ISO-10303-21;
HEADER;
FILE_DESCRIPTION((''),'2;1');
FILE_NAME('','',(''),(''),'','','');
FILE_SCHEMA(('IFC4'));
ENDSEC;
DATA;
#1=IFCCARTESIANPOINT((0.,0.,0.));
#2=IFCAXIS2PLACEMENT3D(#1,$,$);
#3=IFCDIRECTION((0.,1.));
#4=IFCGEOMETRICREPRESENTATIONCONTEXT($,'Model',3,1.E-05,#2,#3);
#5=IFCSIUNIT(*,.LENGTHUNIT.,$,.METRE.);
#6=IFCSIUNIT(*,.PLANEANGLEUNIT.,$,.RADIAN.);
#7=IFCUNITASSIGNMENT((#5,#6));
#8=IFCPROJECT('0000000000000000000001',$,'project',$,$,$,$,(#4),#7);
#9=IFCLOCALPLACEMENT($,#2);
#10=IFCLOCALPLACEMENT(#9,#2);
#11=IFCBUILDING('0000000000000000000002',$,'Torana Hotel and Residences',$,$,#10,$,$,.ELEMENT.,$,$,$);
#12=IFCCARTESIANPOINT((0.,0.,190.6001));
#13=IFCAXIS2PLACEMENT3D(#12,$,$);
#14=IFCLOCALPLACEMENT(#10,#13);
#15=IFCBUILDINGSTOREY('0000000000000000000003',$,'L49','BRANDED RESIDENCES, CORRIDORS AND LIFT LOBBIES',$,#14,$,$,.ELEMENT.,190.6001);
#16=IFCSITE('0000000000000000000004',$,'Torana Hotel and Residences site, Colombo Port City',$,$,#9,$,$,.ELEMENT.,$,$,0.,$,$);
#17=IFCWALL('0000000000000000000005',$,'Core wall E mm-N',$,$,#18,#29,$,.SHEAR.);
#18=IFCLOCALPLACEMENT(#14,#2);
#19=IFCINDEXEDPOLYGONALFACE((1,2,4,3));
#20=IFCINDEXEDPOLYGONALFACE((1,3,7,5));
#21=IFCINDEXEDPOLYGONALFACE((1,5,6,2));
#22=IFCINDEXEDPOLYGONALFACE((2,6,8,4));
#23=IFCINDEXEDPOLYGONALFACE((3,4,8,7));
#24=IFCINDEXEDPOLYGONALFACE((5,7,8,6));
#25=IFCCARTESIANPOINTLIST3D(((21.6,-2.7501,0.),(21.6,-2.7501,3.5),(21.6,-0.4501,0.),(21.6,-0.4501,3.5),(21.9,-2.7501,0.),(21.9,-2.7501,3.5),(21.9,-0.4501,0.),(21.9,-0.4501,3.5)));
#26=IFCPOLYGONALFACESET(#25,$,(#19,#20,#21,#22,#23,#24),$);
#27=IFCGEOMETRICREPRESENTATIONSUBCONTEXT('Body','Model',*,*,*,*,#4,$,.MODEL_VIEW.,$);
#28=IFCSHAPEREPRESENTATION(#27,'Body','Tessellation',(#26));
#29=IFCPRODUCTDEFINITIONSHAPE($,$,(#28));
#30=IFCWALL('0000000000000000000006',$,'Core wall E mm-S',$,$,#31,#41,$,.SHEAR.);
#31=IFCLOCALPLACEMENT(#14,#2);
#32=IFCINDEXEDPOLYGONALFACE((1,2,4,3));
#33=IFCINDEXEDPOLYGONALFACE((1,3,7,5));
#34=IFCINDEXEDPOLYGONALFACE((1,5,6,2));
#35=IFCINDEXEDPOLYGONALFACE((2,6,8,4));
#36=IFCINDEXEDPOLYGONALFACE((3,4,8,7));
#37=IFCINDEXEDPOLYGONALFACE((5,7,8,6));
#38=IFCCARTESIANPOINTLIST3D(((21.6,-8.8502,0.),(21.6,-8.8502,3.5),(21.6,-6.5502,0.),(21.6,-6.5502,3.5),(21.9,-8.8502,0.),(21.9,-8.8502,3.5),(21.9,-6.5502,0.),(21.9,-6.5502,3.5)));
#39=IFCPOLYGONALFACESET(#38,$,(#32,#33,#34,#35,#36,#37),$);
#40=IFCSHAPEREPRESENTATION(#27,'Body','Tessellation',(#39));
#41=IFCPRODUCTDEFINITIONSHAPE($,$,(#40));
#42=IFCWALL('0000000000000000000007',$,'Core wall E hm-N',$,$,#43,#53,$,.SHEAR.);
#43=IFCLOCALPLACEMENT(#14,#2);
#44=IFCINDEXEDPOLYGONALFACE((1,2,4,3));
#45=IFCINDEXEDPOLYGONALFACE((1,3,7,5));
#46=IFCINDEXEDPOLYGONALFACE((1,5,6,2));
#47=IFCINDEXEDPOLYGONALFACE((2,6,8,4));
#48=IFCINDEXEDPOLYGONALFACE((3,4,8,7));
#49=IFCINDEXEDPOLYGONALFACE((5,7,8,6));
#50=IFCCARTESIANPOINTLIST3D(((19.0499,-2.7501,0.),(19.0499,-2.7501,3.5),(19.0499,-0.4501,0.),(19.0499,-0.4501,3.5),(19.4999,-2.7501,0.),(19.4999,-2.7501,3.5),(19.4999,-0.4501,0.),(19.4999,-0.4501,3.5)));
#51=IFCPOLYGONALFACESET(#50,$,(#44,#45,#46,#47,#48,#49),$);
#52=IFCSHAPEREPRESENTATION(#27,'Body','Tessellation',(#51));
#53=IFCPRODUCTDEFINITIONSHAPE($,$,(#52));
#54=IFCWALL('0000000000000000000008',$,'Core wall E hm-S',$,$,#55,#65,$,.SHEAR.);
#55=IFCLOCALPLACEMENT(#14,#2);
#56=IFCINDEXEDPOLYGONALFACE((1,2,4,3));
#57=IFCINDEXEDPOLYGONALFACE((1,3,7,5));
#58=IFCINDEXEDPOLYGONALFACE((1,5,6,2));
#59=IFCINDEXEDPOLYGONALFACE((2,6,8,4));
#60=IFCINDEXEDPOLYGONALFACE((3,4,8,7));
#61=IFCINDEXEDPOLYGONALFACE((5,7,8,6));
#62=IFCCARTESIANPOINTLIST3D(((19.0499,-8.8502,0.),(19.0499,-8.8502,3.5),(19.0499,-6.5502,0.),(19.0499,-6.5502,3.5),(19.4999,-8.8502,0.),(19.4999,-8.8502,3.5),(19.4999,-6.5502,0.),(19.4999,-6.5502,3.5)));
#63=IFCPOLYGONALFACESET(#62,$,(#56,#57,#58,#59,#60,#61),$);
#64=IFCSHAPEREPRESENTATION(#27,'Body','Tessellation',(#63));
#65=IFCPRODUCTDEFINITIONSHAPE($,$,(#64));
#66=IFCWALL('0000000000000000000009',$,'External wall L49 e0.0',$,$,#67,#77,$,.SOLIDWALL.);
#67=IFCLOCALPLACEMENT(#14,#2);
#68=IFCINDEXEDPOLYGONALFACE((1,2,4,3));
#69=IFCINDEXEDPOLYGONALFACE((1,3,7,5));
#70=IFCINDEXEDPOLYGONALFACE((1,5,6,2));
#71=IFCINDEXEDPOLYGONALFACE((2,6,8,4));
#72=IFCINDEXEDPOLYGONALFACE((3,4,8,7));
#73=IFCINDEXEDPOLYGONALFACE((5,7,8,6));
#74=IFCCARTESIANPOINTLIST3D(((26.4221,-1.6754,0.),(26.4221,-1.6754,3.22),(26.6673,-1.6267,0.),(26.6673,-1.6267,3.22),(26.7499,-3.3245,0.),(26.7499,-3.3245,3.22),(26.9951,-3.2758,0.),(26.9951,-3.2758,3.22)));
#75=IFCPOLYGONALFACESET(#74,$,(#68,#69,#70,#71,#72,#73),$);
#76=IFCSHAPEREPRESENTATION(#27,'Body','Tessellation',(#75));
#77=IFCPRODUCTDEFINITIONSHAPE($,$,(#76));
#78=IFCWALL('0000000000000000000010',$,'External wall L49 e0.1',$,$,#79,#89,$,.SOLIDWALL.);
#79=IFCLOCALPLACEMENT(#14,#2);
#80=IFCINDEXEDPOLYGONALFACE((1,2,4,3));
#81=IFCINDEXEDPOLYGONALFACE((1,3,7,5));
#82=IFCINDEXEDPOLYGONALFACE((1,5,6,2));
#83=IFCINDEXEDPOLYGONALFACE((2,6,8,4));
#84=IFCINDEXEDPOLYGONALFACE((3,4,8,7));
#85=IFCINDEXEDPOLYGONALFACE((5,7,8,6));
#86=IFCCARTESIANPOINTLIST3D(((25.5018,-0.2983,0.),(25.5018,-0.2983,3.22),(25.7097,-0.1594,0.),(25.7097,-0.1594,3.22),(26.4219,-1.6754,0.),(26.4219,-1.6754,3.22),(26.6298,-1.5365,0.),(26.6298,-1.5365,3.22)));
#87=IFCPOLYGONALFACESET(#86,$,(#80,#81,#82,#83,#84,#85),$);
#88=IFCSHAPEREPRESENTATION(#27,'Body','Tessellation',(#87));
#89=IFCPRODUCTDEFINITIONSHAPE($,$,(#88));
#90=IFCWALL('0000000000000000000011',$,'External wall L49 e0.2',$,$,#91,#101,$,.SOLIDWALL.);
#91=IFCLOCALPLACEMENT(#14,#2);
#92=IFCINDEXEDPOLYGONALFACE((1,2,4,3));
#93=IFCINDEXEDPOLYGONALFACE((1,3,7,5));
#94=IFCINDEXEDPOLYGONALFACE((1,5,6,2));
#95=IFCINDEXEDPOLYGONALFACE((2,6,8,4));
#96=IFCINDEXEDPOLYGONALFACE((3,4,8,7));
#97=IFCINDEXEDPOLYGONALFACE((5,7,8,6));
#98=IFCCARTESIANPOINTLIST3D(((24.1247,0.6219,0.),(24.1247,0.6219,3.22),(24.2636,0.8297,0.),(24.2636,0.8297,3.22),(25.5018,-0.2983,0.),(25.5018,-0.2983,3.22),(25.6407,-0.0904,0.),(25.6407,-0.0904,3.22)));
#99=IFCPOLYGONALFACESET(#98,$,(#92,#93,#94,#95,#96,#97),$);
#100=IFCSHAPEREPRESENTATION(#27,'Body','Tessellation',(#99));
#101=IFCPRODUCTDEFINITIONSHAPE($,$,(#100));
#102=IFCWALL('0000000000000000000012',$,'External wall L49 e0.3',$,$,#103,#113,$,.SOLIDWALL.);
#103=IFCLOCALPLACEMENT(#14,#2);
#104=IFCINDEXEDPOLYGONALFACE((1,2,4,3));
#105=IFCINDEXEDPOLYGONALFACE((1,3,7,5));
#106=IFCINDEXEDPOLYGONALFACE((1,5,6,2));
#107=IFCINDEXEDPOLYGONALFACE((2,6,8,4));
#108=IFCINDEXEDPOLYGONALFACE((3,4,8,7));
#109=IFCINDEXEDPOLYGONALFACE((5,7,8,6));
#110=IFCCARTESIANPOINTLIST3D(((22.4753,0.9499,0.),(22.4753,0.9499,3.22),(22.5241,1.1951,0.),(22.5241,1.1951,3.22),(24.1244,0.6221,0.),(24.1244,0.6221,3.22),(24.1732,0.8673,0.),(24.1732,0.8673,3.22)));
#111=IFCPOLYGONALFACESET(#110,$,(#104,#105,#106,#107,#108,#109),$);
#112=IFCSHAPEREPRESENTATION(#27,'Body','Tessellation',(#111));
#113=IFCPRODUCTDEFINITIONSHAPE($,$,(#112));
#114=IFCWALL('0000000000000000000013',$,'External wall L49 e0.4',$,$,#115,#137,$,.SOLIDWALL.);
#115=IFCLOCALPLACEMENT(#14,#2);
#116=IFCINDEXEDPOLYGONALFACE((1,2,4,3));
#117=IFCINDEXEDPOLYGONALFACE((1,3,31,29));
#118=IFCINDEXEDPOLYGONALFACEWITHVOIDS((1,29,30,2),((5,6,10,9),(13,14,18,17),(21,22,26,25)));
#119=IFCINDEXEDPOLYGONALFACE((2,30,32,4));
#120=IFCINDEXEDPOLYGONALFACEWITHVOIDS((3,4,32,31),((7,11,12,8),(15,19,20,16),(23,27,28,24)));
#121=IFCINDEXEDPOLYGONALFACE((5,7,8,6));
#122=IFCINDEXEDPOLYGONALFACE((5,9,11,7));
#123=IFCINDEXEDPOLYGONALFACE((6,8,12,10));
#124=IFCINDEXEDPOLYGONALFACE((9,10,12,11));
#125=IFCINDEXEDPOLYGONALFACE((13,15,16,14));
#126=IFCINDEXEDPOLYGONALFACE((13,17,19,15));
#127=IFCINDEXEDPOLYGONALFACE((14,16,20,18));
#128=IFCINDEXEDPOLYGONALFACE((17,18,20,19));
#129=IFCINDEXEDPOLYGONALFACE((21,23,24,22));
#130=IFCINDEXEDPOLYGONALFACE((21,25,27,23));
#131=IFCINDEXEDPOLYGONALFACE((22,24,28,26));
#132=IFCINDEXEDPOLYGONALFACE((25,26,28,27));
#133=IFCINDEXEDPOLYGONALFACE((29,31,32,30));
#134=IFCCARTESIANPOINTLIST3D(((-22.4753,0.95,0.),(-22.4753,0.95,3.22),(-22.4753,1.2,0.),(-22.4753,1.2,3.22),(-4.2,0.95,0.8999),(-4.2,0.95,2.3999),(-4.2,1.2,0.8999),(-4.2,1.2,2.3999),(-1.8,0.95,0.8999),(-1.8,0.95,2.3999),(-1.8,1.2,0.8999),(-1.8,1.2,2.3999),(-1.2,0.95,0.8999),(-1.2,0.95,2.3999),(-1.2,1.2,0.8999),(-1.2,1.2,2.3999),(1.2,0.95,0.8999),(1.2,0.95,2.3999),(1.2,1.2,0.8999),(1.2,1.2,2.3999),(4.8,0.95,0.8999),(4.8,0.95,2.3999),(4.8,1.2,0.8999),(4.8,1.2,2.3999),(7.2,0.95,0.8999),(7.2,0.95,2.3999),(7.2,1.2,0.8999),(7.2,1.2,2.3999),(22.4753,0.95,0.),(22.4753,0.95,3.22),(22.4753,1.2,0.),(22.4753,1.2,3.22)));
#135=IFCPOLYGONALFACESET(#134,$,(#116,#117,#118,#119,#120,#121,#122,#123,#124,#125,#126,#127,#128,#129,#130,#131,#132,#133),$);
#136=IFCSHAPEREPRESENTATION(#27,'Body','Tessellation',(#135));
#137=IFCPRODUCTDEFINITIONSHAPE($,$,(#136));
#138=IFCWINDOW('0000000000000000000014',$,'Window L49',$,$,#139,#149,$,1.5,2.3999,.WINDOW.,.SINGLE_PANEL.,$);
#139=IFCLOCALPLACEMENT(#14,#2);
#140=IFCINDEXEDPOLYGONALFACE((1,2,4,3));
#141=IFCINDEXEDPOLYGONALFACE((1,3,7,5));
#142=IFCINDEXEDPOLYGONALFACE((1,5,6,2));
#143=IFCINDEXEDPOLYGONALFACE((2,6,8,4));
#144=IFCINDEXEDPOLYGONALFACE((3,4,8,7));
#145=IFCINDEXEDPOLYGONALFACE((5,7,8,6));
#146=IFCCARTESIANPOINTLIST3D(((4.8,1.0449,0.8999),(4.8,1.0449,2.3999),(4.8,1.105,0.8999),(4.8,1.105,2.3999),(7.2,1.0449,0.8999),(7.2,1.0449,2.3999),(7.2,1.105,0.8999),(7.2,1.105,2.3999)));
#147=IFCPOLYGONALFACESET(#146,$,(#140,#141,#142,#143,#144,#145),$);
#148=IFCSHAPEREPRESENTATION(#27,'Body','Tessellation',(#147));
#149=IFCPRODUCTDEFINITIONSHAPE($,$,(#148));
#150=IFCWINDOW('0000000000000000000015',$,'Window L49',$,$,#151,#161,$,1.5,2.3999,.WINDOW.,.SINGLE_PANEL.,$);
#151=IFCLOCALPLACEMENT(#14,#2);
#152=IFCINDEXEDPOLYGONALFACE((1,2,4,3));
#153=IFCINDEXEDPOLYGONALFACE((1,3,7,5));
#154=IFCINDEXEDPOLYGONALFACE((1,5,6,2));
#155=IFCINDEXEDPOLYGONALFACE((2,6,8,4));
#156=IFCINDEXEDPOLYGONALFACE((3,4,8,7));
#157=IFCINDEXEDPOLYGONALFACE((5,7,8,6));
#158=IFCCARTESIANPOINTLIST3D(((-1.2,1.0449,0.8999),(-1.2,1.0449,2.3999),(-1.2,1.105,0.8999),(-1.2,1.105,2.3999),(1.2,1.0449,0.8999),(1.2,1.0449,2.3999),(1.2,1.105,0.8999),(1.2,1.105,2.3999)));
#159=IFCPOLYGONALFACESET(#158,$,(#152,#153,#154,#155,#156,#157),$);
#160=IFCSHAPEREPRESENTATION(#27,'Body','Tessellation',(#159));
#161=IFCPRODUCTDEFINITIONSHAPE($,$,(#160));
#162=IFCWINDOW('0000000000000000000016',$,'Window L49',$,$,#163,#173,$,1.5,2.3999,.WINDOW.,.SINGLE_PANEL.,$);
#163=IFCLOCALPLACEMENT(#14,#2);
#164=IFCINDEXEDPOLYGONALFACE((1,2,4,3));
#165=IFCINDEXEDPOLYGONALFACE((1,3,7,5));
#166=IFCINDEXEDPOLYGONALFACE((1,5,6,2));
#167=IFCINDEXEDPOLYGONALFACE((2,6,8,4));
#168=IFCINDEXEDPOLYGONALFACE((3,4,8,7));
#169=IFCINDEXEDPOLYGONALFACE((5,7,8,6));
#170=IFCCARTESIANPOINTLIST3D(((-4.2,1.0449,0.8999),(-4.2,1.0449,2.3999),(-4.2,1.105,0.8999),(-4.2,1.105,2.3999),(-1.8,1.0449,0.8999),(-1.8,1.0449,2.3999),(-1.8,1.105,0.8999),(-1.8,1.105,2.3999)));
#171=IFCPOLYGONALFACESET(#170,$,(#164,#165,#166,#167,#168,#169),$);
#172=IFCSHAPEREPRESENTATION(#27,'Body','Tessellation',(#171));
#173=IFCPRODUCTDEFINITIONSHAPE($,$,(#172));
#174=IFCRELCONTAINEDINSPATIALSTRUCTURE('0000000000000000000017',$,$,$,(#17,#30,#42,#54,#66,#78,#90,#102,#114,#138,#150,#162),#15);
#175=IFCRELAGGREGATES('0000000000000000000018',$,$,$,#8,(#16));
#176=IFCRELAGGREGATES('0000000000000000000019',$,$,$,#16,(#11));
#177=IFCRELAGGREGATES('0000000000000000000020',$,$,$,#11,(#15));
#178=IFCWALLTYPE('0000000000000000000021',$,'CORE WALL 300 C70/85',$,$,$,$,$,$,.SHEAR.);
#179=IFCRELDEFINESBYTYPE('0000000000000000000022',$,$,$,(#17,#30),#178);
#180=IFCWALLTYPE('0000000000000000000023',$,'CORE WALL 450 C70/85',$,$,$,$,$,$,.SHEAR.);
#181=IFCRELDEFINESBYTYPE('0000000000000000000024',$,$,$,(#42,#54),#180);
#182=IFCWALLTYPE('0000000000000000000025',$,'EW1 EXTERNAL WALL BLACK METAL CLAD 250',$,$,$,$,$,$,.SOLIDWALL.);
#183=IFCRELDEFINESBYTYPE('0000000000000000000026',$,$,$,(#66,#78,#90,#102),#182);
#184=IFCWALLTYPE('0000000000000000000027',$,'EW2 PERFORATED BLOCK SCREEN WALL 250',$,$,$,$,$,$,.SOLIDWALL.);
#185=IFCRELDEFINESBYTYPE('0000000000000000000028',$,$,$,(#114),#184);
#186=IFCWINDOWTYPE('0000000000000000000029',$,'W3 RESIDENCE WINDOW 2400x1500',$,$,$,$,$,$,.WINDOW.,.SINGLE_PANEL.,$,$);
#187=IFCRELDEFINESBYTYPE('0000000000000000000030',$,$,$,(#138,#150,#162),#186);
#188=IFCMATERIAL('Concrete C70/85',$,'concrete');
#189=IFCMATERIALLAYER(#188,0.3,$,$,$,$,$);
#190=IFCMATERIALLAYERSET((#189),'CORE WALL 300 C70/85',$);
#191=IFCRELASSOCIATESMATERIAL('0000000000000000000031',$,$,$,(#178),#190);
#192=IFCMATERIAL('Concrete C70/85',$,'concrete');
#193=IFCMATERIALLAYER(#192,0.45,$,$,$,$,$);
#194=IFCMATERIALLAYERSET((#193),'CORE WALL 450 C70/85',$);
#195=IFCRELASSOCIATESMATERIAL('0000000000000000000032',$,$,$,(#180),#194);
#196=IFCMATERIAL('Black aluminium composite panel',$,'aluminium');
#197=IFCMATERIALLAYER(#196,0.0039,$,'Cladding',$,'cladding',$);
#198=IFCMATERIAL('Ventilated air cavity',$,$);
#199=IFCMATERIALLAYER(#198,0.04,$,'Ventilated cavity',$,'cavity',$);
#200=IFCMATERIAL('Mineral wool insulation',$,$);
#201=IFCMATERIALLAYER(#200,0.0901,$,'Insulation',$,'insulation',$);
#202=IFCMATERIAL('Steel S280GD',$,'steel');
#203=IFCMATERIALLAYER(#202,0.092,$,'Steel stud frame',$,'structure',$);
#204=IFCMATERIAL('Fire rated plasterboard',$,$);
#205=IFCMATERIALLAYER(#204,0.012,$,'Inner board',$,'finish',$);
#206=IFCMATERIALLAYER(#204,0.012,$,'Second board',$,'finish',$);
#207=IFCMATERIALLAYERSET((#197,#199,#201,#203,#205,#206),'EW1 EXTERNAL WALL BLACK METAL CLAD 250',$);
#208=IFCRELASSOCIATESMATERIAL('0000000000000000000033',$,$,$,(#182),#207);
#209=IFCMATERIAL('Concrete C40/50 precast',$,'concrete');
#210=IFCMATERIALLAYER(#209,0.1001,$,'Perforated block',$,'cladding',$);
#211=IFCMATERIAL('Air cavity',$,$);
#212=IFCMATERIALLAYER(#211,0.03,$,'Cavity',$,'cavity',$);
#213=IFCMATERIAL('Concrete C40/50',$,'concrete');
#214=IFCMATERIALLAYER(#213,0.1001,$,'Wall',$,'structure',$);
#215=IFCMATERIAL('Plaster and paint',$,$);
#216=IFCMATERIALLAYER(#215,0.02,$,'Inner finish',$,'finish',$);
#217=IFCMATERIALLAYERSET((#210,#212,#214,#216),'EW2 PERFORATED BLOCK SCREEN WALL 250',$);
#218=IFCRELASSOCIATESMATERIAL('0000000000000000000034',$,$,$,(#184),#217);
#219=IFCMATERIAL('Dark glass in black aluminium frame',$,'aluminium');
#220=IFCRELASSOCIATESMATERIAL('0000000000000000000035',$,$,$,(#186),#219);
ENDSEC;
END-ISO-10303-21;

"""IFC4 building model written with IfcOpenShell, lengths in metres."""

from ifc_helpers import new_model, si_unit, direction, frame, frame_2d, origin, place, context, subcontext, project, spatial, rectangle, extrude, material, layer, layer_set, type_object, element, fill, save


model = new_model("IFC4")

# Units and contexts
model_context = context("Model", 3, precision=1e-05, world=origin(), true_north=direction((0.0, 1.0)))
body_context = subcontext(model_context, "Body", "Model", "MODEL_VIEW")
ifc_project = project(units=[si_unit("LENGTHUNIT", "METRE"), si_unit("PLANEANGLEUNIT", "RADIAN")], contexts=[model_context])

# Site, building, storey
site_placement = place(None, origin())
site = spatial("IfcSite", under=ifc_project, at=site_placement, Name="Torana Hotel and Residences site, Colombo Port City", CompositionType="ELEMENT", RefElevation=0.0)
building_placement = place(site_placement, origin())
building = spatial("IfcBuilding", under=site, at=building_placement, Name="Torana Hotel and Residences", CompositionType="ELEMENT")
storey_placement = place(building_placement, frame((0.0, 0.0, 190.6001)))
storey = spatial("IfcBuildingStorey", under=building, at=storey_placement, Name="L49", Description="BRANDED RESIDENCES, CORRIDORS AND LIFT LOBBIES", CompositionType="ELEMENT", Elevation=190.6001)

# Walls
ifc_material_1 = material(Name="Concrete C70/85", Category="concrete")
ifc_layer_1 = layer(ifc_material_1, 0.3)
ifc_layer_set_1 = layer_set([ifc_layer_1], Name="CORE WALL 300 C70/85")
wall_type_1 = type_object("IfcWallType", Name="CORE WALL 300 C70/85", PredefinedType="SHEAR", material=ifc_layer_set_1)
for number, where, z_axis, x_axis, name in (
    (1, (21.75, -2.75, 0.0), (0.0, 0.0, 1.0), (0.0, 1.0, 0.0), "Core wall E mm-N"),
    (2, (21.75, -8.8501, 0.0), (0.0, 0.0, 1.0), (0.0, 1.0, 0.0), "Core wall E mm-S"),
):
    element("IfcWall", number, at=place(storey_placement, frame(where, z_axis=z_axis, x_axis=x_axis)), inside=storey, type_object=wall_type_1, Name=name, PredefinedType="SHEAR", context=body_context, shape_type="SweptSolid", body=[
        extrude(rectangle(XDim=2.3, YDim=0.3, at=frame_2d((1.1499, 0.0))), origin(), (0.0, 0.0, 1.0), 3.5),
    ])
ifc_material_2 = material(Name="Concrete C70/85", Category="concrete")
ifc_layer_2 = layer(ifc_material_2, 0.45)
ifc_layer_set_2 = layer_set([ifc_layer_2], Name="CORE WALL 450 C70/85")
wall_type_2 = type_object("IfcWallType", Name="CORE WALL 450 C70/85", PredefinedType="SHEAR", material=ifc_layer_set_2)
for number, where, z_axis, x_axis, name in (
    (3, (19.2749, -2.75, 0.0), (0.0, 0.0, 1.0), (0.0, 1.0, 0.0), "Core wall E hm-N"),
    (4, (19.2749, -8.8501, 0.0), (0.0, 0.0, 1.0), (0.0, 1.0, 0.0), "Core wall E hm-S"),
):
    element("IfcWall", number, at=place(storey_placement, frame(where, z_axis=z_axis, x_axis=x_axis)), inside=storey, type_object=wall_type_2, Name=name, PredefinedType="SHEAR", context=body_context, shape_type="SweptSolid", body=[
        extrude(rectangle(XDim=2.3, YDim=0.45, at=frame_2d((1.1499, 0.0))), origin(), (0.0, 0.0, 1.0), 3.5),
    ])
ifc_material_3 = material(Name="Black aluminium composite panel", Category="aluminium")
ifc_layer_3 = layer(ifc_material_3, 0.0039, Name="Cladding", Category="cladding")
ifc_material_4 = material(Name="Ventilated air cavity")
ifc_layer_4 = layer(ifc_material_4, 0.04, Name="Ventilated cavity", Category="cavity")
ifc_material_5 = material(Name="Mineral wool insulation")
ifc_layer_5 = layer(ifc_material_5, 0.0901, Name="Insulation", Category="insulation")
ifc_material_6 = material(Name="Steel S280GD", Category="steel")
ifc_layer_6 = layer(ifc_material_6, 0.092, Name="Steel stud frame", Category="structure")
ifc_material_7 = material(Name="Fire rated plasterboard")
ifc_layer_7 = layer(ifc_material_7, 0.012, Name="Inner board", Category="finish")
ifc_layer_8 = layer(ifc_material_7, 0.012, Name="Second board", Category="finish")
ifc_layer_set_3 = layer_set([ifc_layer_3, ifc_layer_4, ifc_layer_5, ifc_layer_6, ifc_layer_7, ifc_layer_8], Name="EW1 EXTERNAL WALL BLACK METAL CLAD 250")
wall_type_3 = type_object("IfcWallType", Name="EW1 EXTERNAL WALL BLACK METAL CLAD 250", PredefinedType="SOLIDWALL", material=ifc_layer_set_3)
wall_1_placement = place(storey_placement, frame((26.8726, -3.3003, 0.0), z_axis=(0.0, 0.0, 1.0), x_axis=(-0.194999, 0.980803, 0.0)))
element("IfcWall", 5, at=wall_1_placement, inside=storey, type_object=wall_type_3, Name="External wall L49 e0.0", PredefinedType="SOLIDWALL", context=body_context, shape_type="SweptSolid", body=[
    extrude(rectangle(XDim=1.6814, YDim=0.25, at=frame_2d((0.8408, 0.0))), origin(), (0.0, 0.0, 1.0), 3.22),
])
for number, where, z_axis, x_axis, name in (
    (6, (26.5259, -1.606, 0.0), (0.0, 0.0, 1.0), (-0.55555, 0.831483, 0.0), "External wall L49 e0.1"),
    (7, (25.5713, -0.1943, 0.0), (0.0, 0.0, 1.0), (-0.831483, 0.55555, 0.0), "External wall L49 e0.2"),
):
    element("IfcWall", number, at=place(storey_placement, frame(where, z_axis=z_axis, x_axis=x_axis)), inside=storey, type_object=wall_type_3, Name=name, PredefinedType="SOLIDWALL", context=body_context, shape_type="SweptSolid", body=[
        extrude(rectangle(XDim=1.6562, YDim=0.25, at=frame_2d((0.8281, 0.0))), origin(), (0.0, 0.0, 1.0), 3.22),
    ])
wall_2_placement = place(storey_placement, frame((24.1489, 0.7446, 0.0), z_axis=(0.0, 0.0, 1.0), x_axis=(-0.980803, 0.194999, 0.0)))
element("IfcWall", 8, at=wall_2_placement, inside=storey, type_object=wall_type_3, Name="External wall L49 e0.3", PredefinedType="SOLIDWALL", context=body_context, shape_type="SweptSolid", body=[
    extrude(rectangle(XDim=1.6814, YDim=0.25, at=frame_2d((0.8408, 0.0))), origin(), (0.0, 0.0, 1.0), 3.22),
])

# Wall, openings, windows
ifc_material_8 = material(Name="Concrete C40/50 precast", Category="concrete")
ifc_layer_9 = layer(ifc_material_8, 0.1001, Name="Perforated block", Category="cladding")
ifc_material_9 = material(Name="Air cavity")
ifc_layer_10 = layer(ifc_material_9, 0.03, Name="Cavity", Category="cavity")
ifc_material_10 = material(Name="Concrete C40/50", Category="concrete")
ifc_layer_11 = layer(ifc_material_10, 0.1001, Name="Wall", Category="structure")
ifc_material_11 = material(Name="Plaster and paint")
ifc_layer_12 = layer(ifc_material_11, 0.02, Name="Inner finish", Category="finish")
ifc_layer_set_4 = layer_set([ifc_layer_9, ifc_layer_10, ifc_layer_11, ifc_layer_12], Name="EW2 PERFORATED BLOCK SCREEN WALL 250")
wall_type_4 = type_object("IfcWallType", Name="EW2 PERFORATED BLOCK SCREEN WALL 250", PredefinedType="SOLIDWALL", material=ifc_layer_set_4)
wall_3_placement = place(storey_placement, frame((22.4753, 1.075, 0.0), z_axis=(0.0, 0.0, 1.0), x_axis=(-1.0, 0.0, 0.0)))
wall_3 = element("IfcWall", 9, at=wall_3_placement, inside=storey, type_object=wall_type_4, Name="External wall L49 e0.4", PredefinedType="SOLIDWALL", context=body_context, shape_type="SweptSolid", body=[
    extrude(rectangle(XDim=44.9507, YDim=0.25, at=frame_2d((22.4753, 0.0))), origin(), (0.0, 0.0, 1.0), 3.22),
])
opening_1_placement = place(wall_3_placement, frame((15.2754, 0.0, 0.8999)))
opening_1 = element("IfcOpeningElement", 10, at=opening_1_placement, cuts=wall_3, PredefinedType="OPENING", context=body_context, shape_type="SweptSolid", body=[
    extrude(rectangle(XDim=2.3999, YDim=1.5, at=frame_2d((1.2, 0.75))), frame((0.0, 0.135, 0.0), z_axis=(0.0, -1.0, 0.0), x_axis=(1.0, 0.0, 0.0)), (0.0, 0.0, 1.0), 0.27),
])
opening_2_placement = place(wall_3_placement, frame((21.2754, 0.0, 0.8999)))
opening_2 = element("IfcOpeningElement", 11, at=opening_2_placement, cuts=wall_3, PredefinedType="OPENING", context=body_context, shape_type="SweptSolid", body=[
    extrude(rectangle(XDim=2.3999, YDim=1.5, at=frame_2d((1.2, 0.75))), frame((0.0, 0.135, 0.0), z_axis=(0.0, -1.0, 0.0), x_axis=(1.0, 0.0, 0.0)), (0.0, 0.0, 1.0), 0.27),
])
opening_3_placement = place(wall_3_placement, frame((24.2754, 0.0, 0.8999)))
opening_3 = element("IfcOpeningElement", 12, at=opening_3_placement, cuts=wall_3, PredefinedType="OPENING", context=body_context, shape_type="SweptSolid", body=[
    extrude(rectangle(XDim=2.3999, YDim=1.5, at=frame_2d((1.2, 0.75))), frame((0.0, 0.135, 0.0), z_axis=(0.0, -1.0, 0.0), x_axis=(1.0, 0.0, 0.0)), (0.0, 0.0, 1.0), 0.27),
])
ifc_material_12 = material(Name="Dark glass in black aluminium frame", Category="aluminium")
window_type = type_object("IfcWindowType", Name="W3 RESIDENCE WINDOW 2400x1500", PartitioningType="SINGLE_PANEL", PredefinedType="WINDOW", material=ifc_material_12)
window_1_placement = place(opening_1_placement, origin())
window_1 = element("IfcWindow", 13, at=window_1_placement, inside=storey, type_object=window_type, Name="Window L49", OverallHeight=1.5, OverallWidth=2.3999, PartitioningType="SINGLE_PANEL", PredefinedType="WINDOW", context=body_context, shape_type="SweptSolid", body=[
    extrude(rectangle(XDim=2.3999, YDim=1.5, at=frame_2d((1.2, 0.75))), frame((0.0, 0.03, 0.0), z_axis=(0.0, -1.0, 0.0), x_axis=(1.0, 0.0, 0.0)), (0.0, 0.0, 1.0), 0.0601),
])
fill(opening_1, window_1)
window_2_placement = place(opening_2_placement, origin())
window_2 = element("IfcWindow", 14, at=window_2_placement, inside=storey, type_object=window_type, Name="Window L49", OverallHeight=1.5, OverallWidth=2.3999, PartitioningType="SINGLE_PANEL", PredefinedType="WINDOW", context=body_context, shape_type="SweptSolid", body=[
    extrude(rectangle(XDim=2.3999, YDim=1.5, at=frame_2d((1.2, 0.75))), frame((0.0, 0.03, 0.0), z_axis=(0.0, -1.0, 0.0), x_axis=(1.0, 0.0, 0.0)), (0.0, 0.0, 1.0), 0.0601),
])
fill(opening_2, window_2)
window_3_placement = place(opening_3_placement, origin())
window_3 = element("IfcWindow", 15, at=window_3_placement, inside=storey, type_object=window_type, Name="Window L49", OverallHeight=1.5, OverallWidth=2.3999, PartitioningType="SINGLE_PANEL", PredefinedType="WINDOW", context=body_context, shape_type="SweptSolid", body=[
    extrude(rectangle(XDim=2.3999, YDim=1.5, at=frame_2d((1.2, 0.75))), frame((0.0, 0.03, 0.0), z_axis=(0.0, -1.0, 0.0), x_axis=(1.0, 0.0, 0.0)), (0.0, 0.0, 1.0), 0.0601),
])
fill(opening_3, window_3)

save(model, "model.ifc")
